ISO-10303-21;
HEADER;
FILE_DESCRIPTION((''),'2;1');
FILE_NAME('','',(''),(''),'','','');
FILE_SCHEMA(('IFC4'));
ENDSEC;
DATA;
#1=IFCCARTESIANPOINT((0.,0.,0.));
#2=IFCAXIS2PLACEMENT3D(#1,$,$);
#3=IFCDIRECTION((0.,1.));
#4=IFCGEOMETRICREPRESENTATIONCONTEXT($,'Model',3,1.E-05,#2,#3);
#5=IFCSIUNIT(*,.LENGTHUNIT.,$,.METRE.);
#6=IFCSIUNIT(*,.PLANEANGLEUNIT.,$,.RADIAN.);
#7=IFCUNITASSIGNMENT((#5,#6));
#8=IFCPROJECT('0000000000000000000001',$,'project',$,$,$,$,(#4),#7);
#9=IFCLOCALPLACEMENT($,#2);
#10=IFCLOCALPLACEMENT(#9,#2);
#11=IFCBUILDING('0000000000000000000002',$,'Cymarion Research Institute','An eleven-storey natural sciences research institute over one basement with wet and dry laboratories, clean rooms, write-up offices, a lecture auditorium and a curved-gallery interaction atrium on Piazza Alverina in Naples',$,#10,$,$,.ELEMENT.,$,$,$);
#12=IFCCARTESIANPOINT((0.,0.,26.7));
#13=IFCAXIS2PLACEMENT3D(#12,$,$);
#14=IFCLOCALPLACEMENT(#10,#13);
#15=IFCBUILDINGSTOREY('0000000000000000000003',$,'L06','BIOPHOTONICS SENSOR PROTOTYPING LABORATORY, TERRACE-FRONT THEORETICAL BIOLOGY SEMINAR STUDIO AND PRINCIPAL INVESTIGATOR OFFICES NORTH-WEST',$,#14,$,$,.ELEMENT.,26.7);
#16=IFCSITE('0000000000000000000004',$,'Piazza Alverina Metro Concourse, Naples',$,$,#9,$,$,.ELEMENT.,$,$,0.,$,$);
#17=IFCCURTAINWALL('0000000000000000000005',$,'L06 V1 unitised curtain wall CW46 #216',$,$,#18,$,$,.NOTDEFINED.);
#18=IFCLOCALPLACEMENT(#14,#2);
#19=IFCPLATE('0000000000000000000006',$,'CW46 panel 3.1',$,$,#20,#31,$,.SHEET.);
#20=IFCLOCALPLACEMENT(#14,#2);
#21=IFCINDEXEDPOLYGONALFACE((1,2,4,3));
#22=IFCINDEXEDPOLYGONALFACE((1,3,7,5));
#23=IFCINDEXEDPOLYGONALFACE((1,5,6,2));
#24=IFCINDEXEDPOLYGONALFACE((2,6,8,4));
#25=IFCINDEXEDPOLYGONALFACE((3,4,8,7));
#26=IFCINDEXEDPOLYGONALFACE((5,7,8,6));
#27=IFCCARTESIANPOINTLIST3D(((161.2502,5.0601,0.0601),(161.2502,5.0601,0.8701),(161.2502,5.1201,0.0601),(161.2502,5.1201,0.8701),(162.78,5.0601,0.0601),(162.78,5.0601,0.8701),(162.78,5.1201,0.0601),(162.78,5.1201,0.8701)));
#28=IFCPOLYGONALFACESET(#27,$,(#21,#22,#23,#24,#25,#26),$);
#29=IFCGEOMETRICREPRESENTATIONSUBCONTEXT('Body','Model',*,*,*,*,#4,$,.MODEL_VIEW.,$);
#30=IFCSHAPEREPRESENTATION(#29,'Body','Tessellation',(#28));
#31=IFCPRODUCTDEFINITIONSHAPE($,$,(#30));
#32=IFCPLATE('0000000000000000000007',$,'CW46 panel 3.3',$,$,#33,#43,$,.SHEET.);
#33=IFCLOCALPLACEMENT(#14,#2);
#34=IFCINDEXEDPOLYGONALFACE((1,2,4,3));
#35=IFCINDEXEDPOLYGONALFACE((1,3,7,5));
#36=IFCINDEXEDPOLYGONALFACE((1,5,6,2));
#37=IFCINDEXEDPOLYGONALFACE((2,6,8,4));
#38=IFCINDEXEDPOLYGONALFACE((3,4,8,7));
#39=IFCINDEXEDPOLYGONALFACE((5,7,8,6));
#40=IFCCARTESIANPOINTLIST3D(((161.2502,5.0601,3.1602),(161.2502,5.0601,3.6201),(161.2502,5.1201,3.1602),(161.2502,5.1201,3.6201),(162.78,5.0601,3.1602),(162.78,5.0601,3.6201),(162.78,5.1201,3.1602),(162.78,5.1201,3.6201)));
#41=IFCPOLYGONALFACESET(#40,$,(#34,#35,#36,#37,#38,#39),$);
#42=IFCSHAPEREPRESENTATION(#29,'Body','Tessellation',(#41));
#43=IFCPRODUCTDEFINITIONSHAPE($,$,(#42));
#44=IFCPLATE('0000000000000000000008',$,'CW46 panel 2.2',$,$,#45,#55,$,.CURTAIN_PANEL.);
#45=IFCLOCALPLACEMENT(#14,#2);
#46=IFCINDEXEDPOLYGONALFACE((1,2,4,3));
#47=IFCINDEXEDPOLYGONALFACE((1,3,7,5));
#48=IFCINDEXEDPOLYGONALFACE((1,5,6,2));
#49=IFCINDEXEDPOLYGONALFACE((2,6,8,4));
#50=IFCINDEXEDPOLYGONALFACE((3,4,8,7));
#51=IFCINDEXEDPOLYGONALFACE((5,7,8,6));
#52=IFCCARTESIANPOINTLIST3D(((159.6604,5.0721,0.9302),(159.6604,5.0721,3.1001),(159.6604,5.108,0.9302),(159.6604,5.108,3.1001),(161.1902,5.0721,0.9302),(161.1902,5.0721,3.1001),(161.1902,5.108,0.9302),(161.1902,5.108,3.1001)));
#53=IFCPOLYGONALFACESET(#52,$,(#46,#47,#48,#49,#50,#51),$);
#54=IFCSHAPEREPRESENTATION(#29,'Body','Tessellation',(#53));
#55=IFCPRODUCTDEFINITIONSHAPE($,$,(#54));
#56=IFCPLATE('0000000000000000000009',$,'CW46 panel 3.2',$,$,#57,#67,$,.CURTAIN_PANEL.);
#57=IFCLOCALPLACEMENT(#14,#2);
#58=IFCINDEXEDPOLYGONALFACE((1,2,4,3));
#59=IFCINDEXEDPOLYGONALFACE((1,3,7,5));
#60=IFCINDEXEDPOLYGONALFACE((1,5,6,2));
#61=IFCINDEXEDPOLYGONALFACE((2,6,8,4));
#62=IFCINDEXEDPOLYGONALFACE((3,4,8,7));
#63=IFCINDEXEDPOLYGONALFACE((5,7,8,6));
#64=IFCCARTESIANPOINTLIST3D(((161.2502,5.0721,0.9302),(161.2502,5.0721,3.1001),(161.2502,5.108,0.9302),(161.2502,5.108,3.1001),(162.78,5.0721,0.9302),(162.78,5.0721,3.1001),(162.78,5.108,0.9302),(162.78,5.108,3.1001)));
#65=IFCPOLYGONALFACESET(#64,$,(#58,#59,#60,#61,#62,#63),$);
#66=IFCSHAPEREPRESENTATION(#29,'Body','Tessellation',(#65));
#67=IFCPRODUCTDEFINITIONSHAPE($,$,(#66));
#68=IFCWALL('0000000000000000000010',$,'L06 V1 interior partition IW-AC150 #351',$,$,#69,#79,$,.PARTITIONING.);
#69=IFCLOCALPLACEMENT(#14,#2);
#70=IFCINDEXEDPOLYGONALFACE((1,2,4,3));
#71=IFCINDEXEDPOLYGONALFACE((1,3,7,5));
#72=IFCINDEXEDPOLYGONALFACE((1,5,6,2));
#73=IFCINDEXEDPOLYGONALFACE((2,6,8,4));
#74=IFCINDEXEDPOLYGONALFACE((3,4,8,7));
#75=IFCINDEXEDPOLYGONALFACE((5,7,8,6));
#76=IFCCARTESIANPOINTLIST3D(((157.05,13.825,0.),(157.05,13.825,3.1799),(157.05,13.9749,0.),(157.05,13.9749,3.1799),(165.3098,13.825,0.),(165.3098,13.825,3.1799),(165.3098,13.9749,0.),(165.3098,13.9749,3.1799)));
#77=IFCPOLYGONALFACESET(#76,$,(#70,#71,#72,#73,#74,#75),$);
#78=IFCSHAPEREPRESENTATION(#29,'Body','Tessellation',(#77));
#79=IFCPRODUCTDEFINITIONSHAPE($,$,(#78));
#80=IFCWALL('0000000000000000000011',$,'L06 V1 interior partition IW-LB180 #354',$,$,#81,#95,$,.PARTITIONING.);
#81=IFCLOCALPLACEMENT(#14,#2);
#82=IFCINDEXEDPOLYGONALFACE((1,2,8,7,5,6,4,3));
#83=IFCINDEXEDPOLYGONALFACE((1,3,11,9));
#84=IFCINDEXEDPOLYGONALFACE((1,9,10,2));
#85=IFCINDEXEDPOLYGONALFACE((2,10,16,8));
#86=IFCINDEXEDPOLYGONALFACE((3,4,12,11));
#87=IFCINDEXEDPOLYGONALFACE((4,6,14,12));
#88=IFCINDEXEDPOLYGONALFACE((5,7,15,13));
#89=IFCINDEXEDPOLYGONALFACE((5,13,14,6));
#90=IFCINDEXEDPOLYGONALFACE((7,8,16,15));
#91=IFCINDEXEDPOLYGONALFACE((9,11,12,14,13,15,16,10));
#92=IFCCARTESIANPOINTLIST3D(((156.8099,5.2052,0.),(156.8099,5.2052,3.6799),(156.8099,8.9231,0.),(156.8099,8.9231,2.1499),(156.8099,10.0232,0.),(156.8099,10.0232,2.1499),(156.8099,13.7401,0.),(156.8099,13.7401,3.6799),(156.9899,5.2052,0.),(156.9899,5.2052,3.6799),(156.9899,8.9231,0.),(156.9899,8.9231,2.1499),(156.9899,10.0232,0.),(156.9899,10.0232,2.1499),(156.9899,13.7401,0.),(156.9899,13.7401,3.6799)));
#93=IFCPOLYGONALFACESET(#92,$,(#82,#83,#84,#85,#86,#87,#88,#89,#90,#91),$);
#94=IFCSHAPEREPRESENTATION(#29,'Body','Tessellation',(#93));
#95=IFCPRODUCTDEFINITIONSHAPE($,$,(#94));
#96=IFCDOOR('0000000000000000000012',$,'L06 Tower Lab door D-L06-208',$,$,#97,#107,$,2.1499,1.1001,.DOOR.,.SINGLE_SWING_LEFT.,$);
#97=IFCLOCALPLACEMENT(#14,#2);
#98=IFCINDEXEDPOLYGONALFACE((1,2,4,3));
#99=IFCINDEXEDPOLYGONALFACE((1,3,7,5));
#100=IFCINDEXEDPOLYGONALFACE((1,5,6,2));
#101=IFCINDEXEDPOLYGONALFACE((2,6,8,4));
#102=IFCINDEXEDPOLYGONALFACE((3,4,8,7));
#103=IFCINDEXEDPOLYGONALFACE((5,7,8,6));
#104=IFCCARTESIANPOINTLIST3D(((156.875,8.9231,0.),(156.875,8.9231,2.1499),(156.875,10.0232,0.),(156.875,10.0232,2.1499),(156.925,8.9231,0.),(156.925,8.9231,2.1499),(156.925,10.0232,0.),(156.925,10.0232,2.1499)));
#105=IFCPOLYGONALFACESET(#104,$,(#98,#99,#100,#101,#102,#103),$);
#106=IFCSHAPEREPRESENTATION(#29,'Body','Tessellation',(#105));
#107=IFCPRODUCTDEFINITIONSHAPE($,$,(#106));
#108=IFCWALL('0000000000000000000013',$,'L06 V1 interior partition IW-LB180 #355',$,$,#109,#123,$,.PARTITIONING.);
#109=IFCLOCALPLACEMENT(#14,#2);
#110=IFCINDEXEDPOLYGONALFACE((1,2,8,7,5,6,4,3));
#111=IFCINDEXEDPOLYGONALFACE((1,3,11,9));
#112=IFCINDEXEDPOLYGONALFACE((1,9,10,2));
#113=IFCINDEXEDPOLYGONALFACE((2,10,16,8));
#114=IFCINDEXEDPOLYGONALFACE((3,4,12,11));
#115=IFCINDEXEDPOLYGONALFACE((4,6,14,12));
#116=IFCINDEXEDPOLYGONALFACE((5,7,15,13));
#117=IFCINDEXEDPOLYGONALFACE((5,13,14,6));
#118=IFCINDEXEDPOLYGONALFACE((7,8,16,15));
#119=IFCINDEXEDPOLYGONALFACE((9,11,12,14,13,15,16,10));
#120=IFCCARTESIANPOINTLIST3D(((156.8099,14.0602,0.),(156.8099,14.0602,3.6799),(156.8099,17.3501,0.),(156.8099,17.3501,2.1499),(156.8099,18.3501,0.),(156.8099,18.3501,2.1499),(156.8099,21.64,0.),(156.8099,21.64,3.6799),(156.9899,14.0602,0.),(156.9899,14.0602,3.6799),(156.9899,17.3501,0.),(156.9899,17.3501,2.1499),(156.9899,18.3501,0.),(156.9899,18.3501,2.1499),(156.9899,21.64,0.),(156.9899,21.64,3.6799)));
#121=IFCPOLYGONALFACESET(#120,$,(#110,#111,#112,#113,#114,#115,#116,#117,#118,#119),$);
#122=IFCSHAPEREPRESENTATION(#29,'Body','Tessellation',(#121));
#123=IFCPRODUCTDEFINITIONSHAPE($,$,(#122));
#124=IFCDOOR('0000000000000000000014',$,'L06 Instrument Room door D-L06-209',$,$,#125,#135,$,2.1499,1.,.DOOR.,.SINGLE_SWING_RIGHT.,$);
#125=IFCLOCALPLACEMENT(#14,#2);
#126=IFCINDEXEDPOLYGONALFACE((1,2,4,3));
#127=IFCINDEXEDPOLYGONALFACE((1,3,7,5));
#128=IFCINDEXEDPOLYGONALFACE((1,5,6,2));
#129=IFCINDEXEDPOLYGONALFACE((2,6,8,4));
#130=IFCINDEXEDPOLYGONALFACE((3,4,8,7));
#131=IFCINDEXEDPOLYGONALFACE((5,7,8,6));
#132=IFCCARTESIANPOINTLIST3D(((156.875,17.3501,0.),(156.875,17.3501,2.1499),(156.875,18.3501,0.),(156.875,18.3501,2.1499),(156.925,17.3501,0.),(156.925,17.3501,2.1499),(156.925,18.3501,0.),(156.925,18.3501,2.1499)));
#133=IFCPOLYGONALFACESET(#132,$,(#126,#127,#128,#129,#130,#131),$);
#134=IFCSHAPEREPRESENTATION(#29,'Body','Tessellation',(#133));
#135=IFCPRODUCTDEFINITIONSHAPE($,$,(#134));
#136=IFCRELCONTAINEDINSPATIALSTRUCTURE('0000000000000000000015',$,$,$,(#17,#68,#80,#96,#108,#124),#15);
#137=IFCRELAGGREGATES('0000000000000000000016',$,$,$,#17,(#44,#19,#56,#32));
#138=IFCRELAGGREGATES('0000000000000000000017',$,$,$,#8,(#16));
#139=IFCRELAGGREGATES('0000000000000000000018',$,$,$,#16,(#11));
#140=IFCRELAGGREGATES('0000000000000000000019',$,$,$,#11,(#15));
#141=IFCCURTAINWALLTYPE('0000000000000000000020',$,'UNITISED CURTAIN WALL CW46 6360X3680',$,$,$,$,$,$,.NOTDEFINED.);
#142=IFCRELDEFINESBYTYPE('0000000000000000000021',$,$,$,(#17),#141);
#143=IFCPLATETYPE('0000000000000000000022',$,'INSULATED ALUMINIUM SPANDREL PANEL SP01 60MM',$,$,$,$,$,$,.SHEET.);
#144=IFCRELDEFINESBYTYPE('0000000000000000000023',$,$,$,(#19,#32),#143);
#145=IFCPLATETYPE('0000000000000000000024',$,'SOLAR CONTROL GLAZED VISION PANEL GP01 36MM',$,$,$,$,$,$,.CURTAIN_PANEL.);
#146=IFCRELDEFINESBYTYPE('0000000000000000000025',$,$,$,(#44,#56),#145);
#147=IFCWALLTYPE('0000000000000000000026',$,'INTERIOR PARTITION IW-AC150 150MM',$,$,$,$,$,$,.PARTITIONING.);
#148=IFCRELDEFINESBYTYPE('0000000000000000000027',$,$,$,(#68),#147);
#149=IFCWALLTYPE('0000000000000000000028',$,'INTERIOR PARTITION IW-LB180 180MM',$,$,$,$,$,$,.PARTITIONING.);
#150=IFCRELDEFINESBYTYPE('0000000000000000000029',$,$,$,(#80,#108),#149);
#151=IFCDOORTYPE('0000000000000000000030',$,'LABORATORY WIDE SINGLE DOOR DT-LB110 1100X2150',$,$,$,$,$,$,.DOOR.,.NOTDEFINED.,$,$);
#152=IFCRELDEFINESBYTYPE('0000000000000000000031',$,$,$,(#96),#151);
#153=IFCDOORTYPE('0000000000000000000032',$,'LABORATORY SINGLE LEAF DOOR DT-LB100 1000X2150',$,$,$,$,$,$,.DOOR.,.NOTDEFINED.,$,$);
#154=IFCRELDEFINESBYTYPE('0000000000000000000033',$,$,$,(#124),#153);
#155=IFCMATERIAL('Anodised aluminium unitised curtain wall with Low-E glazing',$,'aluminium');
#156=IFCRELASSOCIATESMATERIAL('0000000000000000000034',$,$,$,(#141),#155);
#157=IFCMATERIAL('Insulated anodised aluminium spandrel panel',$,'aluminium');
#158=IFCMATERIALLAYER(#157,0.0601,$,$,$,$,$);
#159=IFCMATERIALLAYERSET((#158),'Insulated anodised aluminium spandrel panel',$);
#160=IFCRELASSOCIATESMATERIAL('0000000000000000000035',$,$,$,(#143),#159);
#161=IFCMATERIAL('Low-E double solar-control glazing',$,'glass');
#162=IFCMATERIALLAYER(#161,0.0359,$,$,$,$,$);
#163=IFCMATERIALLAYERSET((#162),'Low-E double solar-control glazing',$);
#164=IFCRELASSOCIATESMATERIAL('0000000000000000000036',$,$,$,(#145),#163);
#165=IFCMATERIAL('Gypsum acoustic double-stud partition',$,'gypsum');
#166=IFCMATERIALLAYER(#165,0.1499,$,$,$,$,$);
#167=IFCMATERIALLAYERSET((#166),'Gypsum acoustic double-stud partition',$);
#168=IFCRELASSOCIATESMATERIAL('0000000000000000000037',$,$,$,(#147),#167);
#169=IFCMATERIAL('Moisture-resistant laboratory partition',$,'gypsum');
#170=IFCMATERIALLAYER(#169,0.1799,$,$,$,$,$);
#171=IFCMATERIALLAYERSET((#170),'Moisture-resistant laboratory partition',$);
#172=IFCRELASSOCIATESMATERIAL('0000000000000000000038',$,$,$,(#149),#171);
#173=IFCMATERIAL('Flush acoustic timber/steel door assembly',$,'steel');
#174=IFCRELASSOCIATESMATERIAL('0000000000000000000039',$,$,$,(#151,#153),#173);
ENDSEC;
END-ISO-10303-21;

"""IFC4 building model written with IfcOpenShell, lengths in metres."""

from ifc_helpers import new_model, si_unit, direction, frame, frame_2d, origin, origin_2d, place, context, subcontext, project, spatial, rectangle, extrude, material, layer, layer_set, type_object, element, fill, aggregate, save


model = new_model("IFC4")

# Units and contexts
model_context = context("Model", 3, precision=1e-05, world=origin(), true_north=direction((0.0, 1.0)))
body_context = subcontext(model_context, "Body", "Model", "MODEL_VIEW")
ifc_project = project(units=[si_unit("LENGTHUNIT", "METRE"), si_unit("PLANEANGLEUNIT", "RADIAN")], contexts=[model_context])

# Site, building, storey
site_placement = place(None, origin())
site = spatial("IfcSite", under=ifc_project, at=site_placement, Name="Piazza Alverina Metro Concourse, Naples", CompositionType="ELEMENT", RefElevation=0.0)
building_placement = place(site_placement, origin())
building = spatial("IfcBuilding", under=site, at=building_placement, Name="Cymarion Research Institute", Description="An eleven-storey natural sciences research institute over one basement with wet and dry laboratories, clean rooms, write-up offices, a lecture auditorium and a curved-gallery interaction atrium on Piazza Alverina in Naples", CompositionType="ELEMENT")
storey_placement = place(building_placement, frame((0.0, 0.0, 26.7)))
storey = spatial("IfcBuildingStorey", under=building, at=storey_placement, Name="L06", Description="BIOPHOTONICS SENSOR PROTOTYPING LABORATORY, TERRACE-FRONT THEORETICAL BIOLOGY SEMINAR STUDIO AND PRINCIPAL INVESTIGATOR OFFICES NORTH-WEST", CompositionType="ELEMENT", Elevation=26.7)

# Curtain wall, plates
ifc_material_1 = material(Name="Anodised aluminium unitised curtain wall with Low-E glazing", Category="aluminium")
curtain_wall_type = type_object("IfcCurtainWallType", Name="UNITISED CURTAIN WALL CW46 6360X3680", PredefinedType="NOTDEFINED", material=ifc_material_1)
curtain_wall_placement = place(storey_placement, origin())
curtain_wall = element("IfcCurtainWall", 1, at=curtain_wall_placement, inside=storey, type_object=curtain_wall_type, Name="L06 V1 unitised curtain wall CW46 #216", PredefinedType="NOTDEFINED")
ifc_material_2 = material(Name="Insulated anodised aluminium spandrel panel", Category="aluminium")
ifc_layer_1 = layer(ifc_material_2, 0.0601)
ifc_layer_set_1 = layer_set([ifc_layer_1], Name="Insulated anodised aluminium spandrel panel")
plate_type_1 = type_object("IfcPlateType", Name="INSULATED ALUMINIUM SPANDREL PANEL SP01 60MM", PredefinedType="SHEET", material=ifc_layer_set_1)
plate_1_placement = place(storey_placement, frame((162.0151, 5.0901, 0.0601), z_axis=(0.0, 0.0, 1.0), x_axis=(1.0, 0.0, 0.0)))
plate_1 = element("IfcPlate", 2, at=plate_1_placement, type_object=plate_type_1, Name="CW46 panel 3.1", PredefinedType="SHEET", context=body_context, shape_type="SweptSolid", body=[
    extrude(rectangle(XDim=1.5298, YDim=0.0601, at=origin_2d()), origin(), (0.0, 0.0, 1.0), 0.8101),
])
plate_2_placement = place(storey_placement, frame((162.0151, 5.0901, 3.1602), z_axis=(0.0, 0.0, 1.0), x_axis=(1.0, 0.0, 0.0)))
plate_2 = element("IfcPlate", 3, at=plate_2_placement, type_object=plate_type_1, Name="CW46 panel 3.3", PredefinedType="SHEET", context=body_context, shape_type="SweptSolid", body=[
    extrude(rectangle(XDim=1.5298, YDim=0.0601, at=origin_2d()), origin(), (0.0, 0.0, 1.0), 0.46),
])
ifc_material_3 = material(Name="Low-E double solar-control glazing", Category="glass")
ifc_layer_2 = layer(ifc_material_3, 0.0359)
ifc_layer_set_2 = layer_set([ifc_layer_2], Name="Low-E double solar-control glazing")
plate_type_2 = type_object("IfcPlateType", Name="SOLAR CONTROL GLAZED VISION PANEL GP01 36MM", PredefinedType="CURTAIN_PANEL", material=ifc_layer_set_2)
plate_3_placement = place(storey_placement, frame((160.4253, 5.0901, 0.9302), z_axis=(0.0, 0.0, 1.0), x_axis=(1.0, 0.0, 0.0)))
plate_3 = element("IfcPlate", 4, at=plate_3_placement, type_object=plate_type_2, Name="CW46 panel 2.2", PredefinedType="CURTAIN_PANEL", context=body_context, shape_type="SweptSolid", body=[
    extrude(rectangle(XDim=1.5298, YDim=0.0359, at=origin_2d()), origin(), (0.0, 0.0, 1.0), 2.1699),
])
plate_4_placement = place(storey_placement, frame((162.0151, 5.0901, 0.9302), z_axis=(0.0, 0.0, 1.0), x_axis=(1.0, 0.0, 0.0)))
plate_4 = element("IfcPlate", 5, at=plate_4_placement, type_object=plate_type_2, Name="CW46 panel 3.2", PredefinedType="CURTAIN_PANEL", context=body_context, shape_type="SweptSolid", body=[
    extrude(rectangle(XDim=1.5298, YDim=0.0359, at=origin_2d()), origin(), (0.0, 0.0, 1.0), 2.1699),
])
aggregate(curtain_wall, [plate_3, plate_1, plate_4, plate_2])

# Wall
ifc_material_4 = material(Name="Gypsum acoustic double-stud partition", Category="gypsum")
ifc_layer_3 = layer(ifc_material_4, 0.1499)
ifc_layer_set_3 = layer_set([ifc_layer_3], Name="Gypsum acoustic double-stud partition")
wall_type_1 = type_object("IfcWallType", Name="INTERIOR PARTITION IW-AC150 150MM", PredefinedType="PARTITIONING", material=ifc_layer_set_3)
wall_1_placement = place(storey_placement, frame((157.05, 13.8999, 0.0), z_axis=(0.0, 0.0, 1.0), x_axis=(1.0, 0.0, 0.0)))
element("IfcWall", 6, at=wall_1_placement, inside=storey, type_object=wall_type_1, Name="L06 V1 interior partition IW-AC150 #351", PredefinedType="PARTITIONING", context=body_context, shape_type="SweptSolid", body=[
    extrude(rectangle(XDim=8.2598, YDim=0.1499, at=frame_2d((4.1299, 0.0))), origin(), (0.0, 0.0, 1.0), 3.1799),
])

# Walls, openings, doors
ifc_material_5 = material(Name="Moisture-resistant laboratory partition", Category="gypsum")
ifc_layer_4 = layer(ifc_material_5, 0.1799)
ifc_layer_set_4 = layer_set([ifc_layer_4], Name="Moisture-resistant laboratory partition")
wall_type_2 = type_object("IfcWallType", Name="INTERIOR PARTITION IW-LB180 180MM", PredefinedType="PARTITIONING", material=ifc_layer_set_4)
wall_2_placement = place(storey_placement, frame((156.8999, 5.2051, 0.0), z_axis=(0.0, 0.0, 1.0), x_axis=(0.0, 1.0, 0.0)))
wall_2 = element("IfcWall", 7, at=wall_2_placement, inside=storey, type_object=wall_type_2, Name="L06 V1 interior partition IW-LB180 #354", PredefinedType="PARTITIONING", context=body_context, shape_type="SweptSolid", body=[
    extrude(rectangle(XDim=8.5349, YDim=0.1799, at=frame_2d((4.2676, 0.0))), origin(), (0.0, 0.0, 1.0), 3.6799),
])
opening_1_placement = place(wall_2_placement, frame((3.718, 0.0, 0.0)))
opening_1 = element("IfcOpeningElement", 8, at=opening_1_placement, cuts=wall_2, PredefinedType="OPENING", context=body_context, shape_type="SweptSolid", body=[
    extrude(rectangle(XDim=1.1001, YDim=2.1499, at=frame_2d((0.55, 1.075))), frame((0.0, 0.0999, 0.0), z_axis=(0.0, -1.0, 0.0), x_axis=(1.0, 0.0, 0.0)), (0.0, 0.0, 1.0), 0.2),
])
ifc_material_6 = material(Name="Flush acoustic timber/steel door assembly", Category="steel")
door_type_1 = type_object("IfcDoorType", Name="LABORATORY WIDE SINGLE DOOR DT-LB110 1100X2150", OperationType="NOTDEFINED", PredefinedType="DOOR", material=ifc_material_6)
door_1_placement = place(opening_1_placement, origin())
door_1 = element("IfcDoor", 9, at=door_1_placement, inside=storey, type_object=door_type_1, Name="L06 Tower Lab door D-L06-208", OperationType="SINGLE_SWING_LEFT", OverallHeight=2.1499, OverallWidth=1.1001, PredefinedType="DOOR", context=body_context, shape_type="SweptSolid", body=[
    extrude(rectangle(XDim=1.1001, YDim=2.1499, at=frame_2d((0.55, 1.075))), frame((0.0, 0.0249, 0.0), z_axis=(0.0, -1.0, 0.0), x_axis=(1.0, 0.0, 0.0)), (0.0, 0.0, 1.0), 0.05),
])
fill(opening_1, door_1)
wall_3_placement = place(storey_placement, frame((156.8999, 14.0601, 0.0), z_axis=(0.0, 0.0, 1.0), x_axis=(0.0, 1.0, 0.0)))
wall_3 = element("IfcWall", 10, at=wall_3_placement, inside=storey, type_object=wall_type_2, Name="L06 V1 interior partition IW-LB180 #355", PredefinedType="PARTITIONING", context=body_context, shape_type="SweptSolid", body=[
    extrude(rectangle(XDim=7.5798, YDim=0.1799, at=frame_2d((3.79, 0.0))), origin(), (0.0, 0.0, 1.0), 3.6799),
])
opening_2_placement = place(wall_3_placement, frame((3.29, 0.0, 0.0)))
opening_2 = element("IfcOpeningElement", 11, at=opening_2_placement, cuts=wall_3, PredefinedType="OPENING", context=body_context, shape_type="SweptSolid", body=[
    extrude(rectangle(XDim=1.0, YDim=2.1499, at=frame_2d((0.5, 1.075))), frame((0.0, 0.0999, 0.0), z_axis=(0.0, -1.0, 0.0), x_axis=(1.0, 0.0, 0.0)), (0.0, 0.0, 1.0), 0.2),
])
door_type_2 = type_object("IfcDoorType", Name="LABORATORY SINGLE LEAF DOOR DT-LB100 1000X2150", OperationType="NOTDEFINED", PredefinedType="DOOR", material=ifc_material_6)
door_2_placement = place(opening_2_placement, origin())
door_2 = element("IfcDoor", 12, at=door_2_placement, inside=storey, type_object=door_type_2, Name="L06 Instrument Room door D-L06-209", OperationType="SINGLE_SWING_RIGHT", OverallHeight=2.1499, OverallWidth=1.0, PredefinedType="DOOR", context=body_context, shape_type="SweptSolid", body=[
    extrude(rectangle(XDim=1.0, YDim=2.1499, at=frame_2d((0.5, 1.075))), frame((0.0, 0.0249, 0.0), z_axis=(0.0, -1.0, 0.0), x_axis=(1.0, 0.0, 0.0)), (0.0, 0.0, 1.0), 0.05),
])
fill(opening_2, door_2)

save(model, "model.ifc")
